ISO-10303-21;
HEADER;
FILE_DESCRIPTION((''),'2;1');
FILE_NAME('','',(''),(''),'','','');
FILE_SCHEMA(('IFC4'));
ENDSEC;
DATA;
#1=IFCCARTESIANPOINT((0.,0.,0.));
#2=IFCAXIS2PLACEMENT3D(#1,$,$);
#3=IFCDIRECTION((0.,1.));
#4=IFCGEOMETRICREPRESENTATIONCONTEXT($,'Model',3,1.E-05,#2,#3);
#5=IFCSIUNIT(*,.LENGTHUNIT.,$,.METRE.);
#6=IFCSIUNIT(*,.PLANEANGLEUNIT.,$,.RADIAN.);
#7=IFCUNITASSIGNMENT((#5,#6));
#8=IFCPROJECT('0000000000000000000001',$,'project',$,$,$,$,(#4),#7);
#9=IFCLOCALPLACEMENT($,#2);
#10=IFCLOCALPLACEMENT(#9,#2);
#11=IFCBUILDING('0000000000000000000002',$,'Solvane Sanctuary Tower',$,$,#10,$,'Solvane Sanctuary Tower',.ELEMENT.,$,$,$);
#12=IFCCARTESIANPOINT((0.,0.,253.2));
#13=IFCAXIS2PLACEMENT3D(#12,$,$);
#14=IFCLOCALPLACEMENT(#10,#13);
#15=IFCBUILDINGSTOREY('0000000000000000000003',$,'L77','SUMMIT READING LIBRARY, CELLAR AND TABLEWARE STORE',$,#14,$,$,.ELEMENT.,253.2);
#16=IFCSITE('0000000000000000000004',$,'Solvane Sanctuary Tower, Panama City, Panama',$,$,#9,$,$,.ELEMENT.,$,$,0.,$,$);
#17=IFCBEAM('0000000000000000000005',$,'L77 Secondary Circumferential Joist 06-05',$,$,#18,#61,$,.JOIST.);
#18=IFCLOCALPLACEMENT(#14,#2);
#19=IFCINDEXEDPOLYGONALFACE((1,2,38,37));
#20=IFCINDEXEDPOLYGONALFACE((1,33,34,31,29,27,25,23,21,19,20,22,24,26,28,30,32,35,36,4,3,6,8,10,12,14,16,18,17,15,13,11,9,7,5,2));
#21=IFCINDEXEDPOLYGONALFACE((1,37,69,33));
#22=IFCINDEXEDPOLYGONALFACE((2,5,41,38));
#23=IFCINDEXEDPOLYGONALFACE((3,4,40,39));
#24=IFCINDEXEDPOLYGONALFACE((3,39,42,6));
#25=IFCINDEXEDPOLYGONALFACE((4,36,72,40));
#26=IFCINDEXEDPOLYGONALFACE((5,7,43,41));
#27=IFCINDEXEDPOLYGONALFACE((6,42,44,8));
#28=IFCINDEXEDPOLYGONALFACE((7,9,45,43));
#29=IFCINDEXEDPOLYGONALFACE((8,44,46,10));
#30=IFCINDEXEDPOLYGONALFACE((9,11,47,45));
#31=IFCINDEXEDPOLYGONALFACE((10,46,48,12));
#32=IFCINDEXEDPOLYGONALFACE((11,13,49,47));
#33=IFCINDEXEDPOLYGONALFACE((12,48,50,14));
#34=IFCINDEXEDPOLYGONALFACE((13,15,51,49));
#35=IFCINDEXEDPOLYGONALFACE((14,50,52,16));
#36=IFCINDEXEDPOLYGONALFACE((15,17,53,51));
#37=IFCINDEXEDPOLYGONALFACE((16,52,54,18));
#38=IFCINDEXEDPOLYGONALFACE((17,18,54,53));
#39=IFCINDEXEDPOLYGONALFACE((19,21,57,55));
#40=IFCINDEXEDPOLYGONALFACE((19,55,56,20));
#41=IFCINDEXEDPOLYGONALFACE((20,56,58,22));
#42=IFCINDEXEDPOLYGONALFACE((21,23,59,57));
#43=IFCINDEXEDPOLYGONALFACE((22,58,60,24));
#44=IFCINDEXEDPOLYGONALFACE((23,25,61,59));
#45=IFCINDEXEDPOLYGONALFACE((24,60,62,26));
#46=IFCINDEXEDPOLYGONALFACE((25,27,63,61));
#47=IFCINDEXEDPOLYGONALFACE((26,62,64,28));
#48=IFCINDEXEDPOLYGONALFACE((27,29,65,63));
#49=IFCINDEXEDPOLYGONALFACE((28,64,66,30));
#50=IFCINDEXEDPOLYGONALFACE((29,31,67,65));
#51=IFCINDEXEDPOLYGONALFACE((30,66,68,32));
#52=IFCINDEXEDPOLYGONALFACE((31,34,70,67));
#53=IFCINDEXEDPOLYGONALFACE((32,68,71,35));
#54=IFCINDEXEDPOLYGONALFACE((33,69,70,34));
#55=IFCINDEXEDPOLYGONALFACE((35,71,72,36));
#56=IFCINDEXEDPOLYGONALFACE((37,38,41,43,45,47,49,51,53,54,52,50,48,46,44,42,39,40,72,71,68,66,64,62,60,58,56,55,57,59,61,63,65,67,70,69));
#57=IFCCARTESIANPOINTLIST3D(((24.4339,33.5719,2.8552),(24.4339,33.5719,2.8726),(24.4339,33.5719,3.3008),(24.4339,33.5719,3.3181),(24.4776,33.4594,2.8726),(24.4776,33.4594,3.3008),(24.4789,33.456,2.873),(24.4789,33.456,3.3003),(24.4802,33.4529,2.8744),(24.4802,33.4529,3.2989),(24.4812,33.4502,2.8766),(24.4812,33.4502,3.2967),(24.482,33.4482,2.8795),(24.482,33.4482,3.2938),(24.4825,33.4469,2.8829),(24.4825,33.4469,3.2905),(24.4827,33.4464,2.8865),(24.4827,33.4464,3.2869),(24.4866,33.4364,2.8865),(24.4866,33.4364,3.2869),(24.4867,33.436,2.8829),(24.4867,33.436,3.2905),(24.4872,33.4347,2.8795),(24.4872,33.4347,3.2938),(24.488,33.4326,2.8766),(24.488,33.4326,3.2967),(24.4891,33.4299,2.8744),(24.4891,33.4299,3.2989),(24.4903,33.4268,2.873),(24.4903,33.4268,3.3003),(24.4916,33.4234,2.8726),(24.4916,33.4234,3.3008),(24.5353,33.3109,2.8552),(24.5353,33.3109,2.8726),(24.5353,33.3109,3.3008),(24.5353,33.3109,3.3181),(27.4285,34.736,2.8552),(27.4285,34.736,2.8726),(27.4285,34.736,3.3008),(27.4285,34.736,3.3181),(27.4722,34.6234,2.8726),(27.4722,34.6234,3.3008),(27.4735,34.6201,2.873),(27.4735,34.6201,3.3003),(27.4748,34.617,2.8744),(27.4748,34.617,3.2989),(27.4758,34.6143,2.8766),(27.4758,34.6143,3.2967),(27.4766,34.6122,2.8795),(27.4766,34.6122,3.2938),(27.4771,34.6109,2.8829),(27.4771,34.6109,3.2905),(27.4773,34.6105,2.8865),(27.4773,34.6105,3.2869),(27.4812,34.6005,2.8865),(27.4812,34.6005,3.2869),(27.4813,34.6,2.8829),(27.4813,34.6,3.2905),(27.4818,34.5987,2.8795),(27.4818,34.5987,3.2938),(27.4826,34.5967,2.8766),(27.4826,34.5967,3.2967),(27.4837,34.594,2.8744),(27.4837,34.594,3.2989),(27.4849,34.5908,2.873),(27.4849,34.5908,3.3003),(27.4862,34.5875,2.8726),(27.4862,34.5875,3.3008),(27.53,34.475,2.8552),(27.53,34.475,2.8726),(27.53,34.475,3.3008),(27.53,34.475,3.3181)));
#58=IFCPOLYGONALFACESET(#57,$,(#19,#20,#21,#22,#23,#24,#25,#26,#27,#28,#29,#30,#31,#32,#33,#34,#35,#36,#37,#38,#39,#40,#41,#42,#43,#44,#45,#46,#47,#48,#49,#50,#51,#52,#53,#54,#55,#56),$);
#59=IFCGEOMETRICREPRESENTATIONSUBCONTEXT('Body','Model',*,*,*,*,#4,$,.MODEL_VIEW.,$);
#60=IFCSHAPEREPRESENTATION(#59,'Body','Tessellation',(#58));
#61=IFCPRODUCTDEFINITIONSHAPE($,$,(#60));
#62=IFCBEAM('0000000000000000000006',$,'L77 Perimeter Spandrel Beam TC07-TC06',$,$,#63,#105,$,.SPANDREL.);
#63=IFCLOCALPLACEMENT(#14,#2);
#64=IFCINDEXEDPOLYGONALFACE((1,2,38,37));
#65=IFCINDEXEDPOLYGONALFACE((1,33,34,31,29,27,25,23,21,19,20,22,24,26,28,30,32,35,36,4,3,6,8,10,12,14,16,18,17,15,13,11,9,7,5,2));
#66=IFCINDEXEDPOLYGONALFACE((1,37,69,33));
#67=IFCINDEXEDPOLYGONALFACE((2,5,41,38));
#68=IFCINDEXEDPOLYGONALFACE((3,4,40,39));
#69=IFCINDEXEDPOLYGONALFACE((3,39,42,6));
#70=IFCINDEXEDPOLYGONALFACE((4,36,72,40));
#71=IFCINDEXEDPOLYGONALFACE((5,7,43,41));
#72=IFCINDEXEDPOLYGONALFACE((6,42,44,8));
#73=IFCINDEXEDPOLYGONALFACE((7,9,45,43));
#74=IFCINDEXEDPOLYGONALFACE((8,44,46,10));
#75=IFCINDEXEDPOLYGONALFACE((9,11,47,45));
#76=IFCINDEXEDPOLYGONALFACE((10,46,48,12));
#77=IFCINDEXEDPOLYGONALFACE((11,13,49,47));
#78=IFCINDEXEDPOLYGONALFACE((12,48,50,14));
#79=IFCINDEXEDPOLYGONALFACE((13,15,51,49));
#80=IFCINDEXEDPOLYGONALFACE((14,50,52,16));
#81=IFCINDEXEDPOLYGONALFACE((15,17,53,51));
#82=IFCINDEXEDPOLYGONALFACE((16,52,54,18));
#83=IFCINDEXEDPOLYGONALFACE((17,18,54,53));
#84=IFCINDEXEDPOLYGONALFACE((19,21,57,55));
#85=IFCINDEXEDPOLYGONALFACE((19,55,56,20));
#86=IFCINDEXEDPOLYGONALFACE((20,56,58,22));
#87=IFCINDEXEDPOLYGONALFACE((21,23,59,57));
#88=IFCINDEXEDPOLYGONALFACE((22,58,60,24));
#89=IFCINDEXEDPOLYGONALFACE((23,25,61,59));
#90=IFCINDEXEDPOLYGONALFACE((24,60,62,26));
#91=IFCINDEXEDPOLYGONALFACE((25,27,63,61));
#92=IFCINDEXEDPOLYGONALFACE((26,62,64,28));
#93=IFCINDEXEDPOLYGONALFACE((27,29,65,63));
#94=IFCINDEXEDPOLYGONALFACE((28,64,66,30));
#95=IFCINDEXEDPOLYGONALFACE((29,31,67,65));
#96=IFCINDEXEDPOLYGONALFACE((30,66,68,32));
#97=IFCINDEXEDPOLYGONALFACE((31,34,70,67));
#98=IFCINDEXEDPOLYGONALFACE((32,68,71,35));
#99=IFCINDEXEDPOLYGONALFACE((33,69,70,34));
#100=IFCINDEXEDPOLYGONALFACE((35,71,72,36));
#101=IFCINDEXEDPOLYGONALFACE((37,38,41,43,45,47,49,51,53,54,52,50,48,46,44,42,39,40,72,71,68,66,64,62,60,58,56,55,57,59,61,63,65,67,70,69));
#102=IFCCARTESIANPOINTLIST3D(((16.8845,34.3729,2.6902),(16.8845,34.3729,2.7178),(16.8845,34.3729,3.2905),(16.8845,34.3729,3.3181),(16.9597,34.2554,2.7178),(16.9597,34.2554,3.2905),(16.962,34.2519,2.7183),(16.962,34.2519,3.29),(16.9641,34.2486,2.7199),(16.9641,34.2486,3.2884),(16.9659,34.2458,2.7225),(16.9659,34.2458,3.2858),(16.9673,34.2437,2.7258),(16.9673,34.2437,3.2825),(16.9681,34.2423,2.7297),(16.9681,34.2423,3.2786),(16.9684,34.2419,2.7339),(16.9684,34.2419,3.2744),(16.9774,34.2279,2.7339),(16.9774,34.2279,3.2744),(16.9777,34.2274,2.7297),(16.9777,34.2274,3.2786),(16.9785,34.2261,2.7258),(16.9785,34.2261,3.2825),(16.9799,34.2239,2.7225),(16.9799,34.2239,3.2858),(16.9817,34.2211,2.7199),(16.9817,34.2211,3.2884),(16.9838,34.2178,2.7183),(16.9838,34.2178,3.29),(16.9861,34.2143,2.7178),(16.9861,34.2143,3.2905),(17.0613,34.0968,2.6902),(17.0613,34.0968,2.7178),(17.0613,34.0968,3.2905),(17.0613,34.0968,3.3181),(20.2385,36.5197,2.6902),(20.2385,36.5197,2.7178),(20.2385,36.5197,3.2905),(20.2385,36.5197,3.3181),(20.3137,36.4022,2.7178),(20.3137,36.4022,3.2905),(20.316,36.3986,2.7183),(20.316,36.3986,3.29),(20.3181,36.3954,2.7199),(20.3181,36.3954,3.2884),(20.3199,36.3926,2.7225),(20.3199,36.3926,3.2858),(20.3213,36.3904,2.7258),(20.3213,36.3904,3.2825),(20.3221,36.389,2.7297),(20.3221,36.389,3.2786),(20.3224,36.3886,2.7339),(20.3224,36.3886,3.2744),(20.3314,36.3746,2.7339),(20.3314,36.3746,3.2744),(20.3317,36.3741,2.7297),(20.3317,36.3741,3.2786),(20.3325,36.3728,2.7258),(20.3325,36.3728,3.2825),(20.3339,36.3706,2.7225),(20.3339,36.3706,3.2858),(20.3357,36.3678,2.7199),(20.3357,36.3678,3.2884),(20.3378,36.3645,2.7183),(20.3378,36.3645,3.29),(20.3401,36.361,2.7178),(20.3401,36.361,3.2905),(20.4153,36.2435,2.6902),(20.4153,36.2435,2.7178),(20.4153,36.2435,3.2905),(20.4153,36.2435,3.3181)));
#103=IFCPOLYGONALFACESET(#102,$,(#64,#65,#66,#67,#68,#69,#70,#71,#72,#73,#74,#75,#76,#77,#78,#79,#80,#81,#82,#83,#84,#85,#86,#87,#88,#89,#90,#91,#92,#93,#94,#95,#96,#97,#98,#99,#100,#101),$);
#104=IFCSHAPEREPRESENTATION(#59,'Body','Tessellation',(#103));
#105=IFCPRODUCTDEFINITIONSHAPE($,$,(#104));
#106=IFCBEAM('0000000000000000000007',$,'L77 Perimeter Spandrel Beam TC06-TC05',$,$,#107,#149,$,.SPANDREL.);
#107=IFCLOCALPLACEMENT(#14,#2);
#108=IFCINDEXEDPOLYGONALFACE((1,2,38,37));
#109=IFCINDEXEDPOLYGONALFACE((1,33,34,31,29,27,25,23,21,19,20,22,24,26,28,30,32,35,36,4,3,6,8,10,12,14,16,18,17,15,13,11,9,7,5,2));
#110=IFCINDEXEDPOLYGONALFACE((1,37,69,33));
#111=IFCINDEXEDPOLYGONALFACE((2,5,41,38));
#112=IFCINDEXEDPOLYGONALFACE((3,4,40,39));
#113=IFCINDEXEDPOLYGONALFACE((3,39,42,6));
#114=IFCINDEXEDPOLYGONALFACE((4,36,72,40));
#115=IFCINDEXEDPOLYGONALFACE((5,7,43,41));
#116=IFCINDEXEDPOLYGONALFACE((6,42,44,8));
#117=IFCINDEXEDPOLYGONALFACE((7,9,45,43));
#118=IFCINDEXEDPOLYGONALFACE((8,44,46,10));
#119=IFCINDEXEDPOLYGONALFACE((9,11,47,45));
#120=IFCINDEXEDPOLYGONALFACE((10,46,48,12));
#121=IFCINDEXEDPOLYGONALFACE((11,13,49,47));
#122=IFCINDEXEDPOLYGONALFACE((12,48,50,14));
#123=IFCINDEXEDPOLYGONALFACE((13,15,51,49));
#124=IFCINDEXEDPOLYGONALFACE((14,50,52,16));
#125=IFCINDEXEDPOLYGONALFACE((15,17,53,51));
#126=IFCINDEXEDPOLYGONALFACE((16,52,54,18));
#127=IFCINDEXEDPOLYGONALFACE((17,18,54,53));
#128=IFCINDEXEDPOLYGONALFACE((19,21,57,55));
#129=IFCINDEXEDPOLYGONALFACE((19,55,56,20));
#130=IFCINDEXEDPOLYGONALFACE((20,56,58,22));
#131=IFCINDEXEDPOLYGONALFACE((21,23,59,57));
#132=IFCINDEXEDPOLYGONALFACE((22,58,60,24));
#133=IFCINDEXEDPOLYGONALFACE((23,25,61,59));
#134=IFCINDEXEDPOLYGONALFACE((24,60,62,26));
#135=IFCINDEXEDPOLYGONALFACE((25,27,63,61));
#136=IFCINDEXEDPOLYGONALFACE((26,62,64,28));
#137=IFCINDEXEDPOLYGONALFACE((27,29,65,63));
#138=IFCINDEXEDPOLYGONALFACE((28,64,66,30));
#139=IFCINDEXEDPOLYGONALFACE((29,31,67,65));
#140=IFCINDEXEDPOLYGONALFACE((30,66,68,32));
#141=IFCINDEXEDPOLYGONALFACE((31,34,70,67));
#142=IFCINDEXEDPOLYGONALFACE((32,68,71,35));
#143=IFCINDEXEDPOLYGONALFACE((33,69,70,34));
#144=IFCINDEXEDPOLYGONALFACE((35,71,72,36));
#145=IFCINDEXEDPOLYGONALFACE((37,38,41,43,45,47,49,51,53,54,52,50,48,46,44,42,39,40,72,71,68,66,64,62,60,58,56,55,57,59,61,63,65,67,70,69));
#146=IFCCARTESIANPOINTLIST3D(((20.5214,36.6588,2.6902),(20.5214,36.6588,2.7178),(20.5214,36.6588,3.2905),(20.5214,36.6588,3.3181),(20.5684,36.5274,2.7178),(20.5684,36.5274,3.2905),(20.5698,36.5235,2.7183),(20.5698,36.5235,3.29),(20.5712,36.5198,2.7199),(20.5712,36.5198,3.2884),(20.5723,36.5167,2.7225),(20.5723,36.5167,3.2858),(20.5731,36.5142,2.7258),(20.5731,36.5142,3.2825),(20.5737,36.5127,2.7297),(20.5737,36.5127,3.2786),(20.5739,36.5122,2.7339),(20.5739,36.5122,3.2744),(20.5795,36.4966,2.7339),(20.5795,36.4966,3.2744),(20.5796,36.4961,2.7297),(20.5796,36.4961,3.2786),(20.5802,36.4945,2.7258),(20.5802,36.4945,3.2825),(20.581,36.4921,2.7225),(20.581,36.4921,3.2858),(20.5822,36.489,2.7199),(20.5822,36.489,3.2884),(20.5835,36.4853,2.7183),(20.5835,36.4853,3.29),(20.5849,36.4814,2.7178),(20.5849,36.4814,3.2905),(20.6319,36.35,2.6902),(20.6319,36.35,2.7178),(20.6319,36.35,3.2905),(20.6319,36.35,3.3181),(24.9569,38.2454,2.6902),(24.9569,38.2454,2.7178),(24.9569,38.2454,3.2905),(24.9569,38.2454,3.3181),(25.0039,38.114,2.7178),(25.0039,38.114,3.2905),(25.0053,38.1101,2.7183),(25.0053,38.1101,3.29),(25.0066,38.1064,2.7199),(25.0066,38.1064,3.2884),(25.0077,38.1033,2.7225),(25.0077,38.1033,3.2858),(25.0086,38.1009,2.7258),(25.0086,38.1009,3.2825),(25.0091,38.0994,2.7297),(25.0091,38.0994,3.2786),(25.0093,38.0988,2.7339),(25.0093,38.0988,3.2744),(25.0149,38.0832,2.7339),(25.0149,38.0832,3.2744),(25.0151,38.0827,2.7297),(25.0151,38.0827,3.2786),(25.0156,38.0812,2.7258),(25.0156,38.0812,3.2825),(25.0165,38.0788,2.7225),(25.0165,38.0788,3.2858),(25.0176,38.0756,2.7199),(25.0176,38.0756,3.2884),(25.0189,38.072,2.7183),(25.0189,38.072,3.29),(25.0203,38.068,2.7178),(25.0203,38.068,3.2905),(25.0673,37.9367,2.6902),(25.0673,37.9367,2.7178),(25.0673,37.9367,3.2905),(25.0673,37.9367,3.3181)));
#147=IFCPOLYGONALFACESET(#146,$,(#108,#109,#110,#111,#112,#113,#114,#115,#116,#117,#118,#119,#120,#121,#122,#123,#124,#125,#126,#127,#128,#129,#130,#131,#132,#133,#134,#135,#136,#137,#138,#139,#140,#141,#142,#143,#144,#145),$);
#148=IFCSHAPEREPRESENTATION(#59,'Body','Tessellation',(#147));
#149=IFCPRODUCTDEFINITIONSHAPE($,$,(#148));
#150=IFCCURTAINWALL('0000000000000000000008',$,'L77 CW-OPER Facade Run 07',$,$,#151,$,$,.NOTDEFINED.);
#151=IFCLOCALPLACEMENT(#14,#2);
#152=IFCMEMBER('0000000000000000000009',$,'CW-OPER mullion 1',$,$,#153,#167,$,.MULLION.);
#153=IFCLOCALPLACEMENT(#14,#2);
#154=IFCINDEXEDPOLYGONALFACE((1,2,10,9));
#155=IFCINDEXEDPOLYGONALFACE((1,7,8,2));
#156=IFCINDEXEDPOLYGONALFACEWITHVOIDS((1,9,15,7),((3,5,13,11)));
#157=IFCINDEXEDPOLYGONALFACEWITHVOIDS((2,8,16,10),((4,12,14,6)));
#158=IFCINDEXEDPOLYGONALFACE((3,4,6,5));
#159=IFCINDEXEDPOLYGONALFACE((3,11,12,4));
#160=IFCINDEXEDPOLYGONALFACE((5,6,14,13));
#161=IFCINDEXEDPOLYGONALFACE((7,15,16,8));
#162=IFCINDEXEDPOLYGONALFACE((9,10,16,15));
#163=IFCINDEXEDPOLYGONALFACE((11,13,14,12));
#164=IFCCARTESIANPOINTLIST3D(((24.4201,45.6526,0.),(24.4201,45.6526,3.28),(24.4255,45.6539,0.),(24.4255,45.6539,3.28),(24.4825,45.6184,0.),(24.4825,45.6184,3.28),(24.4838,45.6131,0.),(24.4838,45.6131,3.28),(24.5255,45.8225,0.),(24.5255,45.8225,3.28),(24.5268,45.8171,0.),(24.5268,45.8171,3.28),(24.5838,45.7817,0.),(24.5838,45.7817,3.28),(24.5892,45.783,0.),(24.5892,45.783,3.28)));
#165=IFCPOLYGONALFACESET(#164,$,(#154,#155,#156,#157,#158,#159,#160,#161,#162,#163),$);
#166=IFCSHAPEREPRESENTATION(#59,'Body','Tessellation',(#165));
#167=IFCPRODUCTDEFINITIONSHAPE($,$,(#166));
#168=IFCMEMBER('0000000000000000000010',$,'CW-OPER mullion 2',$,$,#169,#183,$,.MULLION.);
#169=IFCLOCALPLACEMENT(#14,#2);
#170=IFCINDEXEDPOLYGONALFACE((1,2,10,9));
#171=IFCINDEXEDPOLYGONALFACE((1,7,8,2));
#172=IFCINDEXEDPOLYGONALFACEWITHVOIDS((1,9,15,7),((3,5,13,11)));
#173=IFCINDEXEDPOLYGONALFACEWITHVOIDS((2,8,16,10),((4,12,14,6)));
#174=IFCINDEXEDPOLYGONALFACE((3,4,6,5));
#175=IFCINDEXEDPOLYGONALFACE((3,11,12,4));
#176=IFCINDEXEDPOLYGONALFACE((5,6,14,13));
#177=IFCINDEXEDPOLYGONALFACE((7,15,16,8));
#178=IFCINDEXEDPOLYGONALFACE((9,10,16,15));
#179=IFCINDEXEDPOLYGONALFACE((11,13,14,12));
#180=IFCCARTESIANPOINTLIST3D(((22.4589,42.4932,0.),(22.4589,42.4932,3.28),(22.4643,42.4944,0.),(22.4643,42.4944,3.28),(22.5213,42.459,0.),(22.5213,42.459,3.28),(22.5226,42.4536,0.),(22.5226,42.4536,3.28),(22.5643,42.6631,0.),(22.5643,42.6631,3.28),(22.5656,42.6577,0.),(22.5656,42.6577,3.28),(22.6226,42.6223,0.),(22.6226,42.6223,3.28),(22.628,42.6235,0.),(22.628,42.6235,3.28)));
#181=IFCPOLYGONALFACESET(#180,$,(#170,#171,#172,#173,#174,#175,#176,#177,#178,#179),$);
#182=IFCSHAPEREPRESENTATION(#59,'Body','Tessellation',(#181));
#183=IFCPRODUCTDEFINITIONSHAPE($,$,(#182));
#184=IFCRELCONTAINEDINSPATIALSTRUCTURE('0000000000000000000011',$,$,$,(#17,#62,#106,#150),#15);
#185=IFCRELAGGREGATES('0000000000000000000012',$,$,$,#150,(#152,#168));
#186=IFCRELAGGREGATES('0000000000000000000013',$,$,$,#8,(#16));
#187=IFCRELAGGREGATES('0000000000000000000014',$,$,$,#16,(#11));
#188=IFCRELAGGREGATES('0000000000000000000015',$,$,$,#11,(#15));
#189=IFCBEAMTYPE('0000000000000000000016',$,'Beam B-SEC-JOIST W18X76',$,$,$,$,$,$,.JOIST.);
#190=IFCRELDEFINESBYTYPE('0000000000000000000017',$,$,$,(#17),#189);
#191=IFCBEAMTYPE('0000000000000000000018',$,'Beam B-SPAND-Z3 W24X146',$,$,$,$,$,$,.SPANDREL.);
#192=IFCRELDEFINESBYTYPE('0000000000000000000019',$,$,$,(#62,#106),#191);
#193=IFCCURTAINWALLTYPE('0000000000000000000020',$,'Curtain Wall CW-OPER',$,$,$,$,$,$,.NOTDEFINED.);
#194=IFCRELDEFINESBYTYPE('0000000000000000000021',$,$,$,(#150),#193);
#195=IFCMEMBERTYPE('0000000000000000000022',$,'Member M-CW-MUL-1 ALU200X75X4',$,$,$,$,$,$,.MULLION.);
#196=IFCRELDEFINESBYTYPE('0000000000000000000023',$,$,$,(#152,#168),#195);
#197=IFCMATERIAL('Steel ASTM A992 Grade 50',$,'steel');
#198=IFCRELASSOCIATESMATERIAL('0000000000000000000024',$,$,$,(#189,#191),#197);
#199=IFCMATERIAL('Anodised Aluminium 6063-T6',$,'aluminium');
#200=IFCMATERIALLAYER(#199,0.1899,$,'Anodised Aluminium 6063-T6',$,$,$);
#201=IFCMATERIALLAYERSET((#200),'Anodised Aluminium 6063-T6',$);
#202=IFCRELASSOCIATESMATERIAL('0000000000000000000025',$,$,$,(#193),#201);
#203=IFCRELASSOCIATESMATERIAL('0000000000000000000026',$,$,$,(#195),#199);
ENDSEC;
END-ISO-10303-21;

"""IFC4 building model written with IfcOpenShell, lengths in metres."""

from ifc_helpers import new_model, si_unit, direction, frame, origin, origin_2d, place, context, subcontext, project, spatial, hollow_rectangle, i_section, extrude, material, layer, layer_set, material_profile, profile_set, type_object, element, aggregate, save


model = new_model("IFC4")

# Units and contexts
model_context = context("Model", 3, precision=1e-05, world=origin(), true_north=direction((0.0, 1.0)))
body_context = subcontext(model_context, "Body", "Model", "MODEL_VIEW")
ifc_project = project(units=[si_unit("LENGTHUNIT", "METRE"), si_unit("PLANEANGLEUNIT", "RADIAN")], contexts=[model_context])

# Site, building, storey
site_placement = place(None, origin())
site = spatial("IfcSite", under=ifc_project, at=site_placement, Name="Solvane Sanctuary Tower, Panama City, Panama", CompositionType="ELEMENT", RefElevation=0.0)
building_placement = place(site_placement, origin())
building = spatial("IfcBuilding", under=site, at=building_placement, Name="Solvane Sanctuary Tower", LongName="Solvane Sanctuary Tower", CompositionType="ELEMENT")
storey_placement = place(building_placement, frame((0.0, 0.0, 253.2)))
storey = spatial("IfcBuildingStorey", under=building, at=storey_placement, Name="L77", Description="SUMMIT READING LIBRARY, CELLAR AND TABLEWARE STORE", CompositionType="ELEMENT", Elevation=253.2)

# Beams
ifc_material_1 = material(Name="Steel ASTM A992 Grade 50", Category="steel")
ifc_material_profile_1 = material_profile(ifc_material_1, i_section(OverallWidth=0.28, OverallDepth=0.4629, WebThickness=0.0107, FlangeThickness=0.0173, FilletRadius=0.0139, at=origin_2d()), Name="W18X76")
ifc_profile_set_1 = profile_set([ifc_material_profile_1], Name="Steel ASTM A992 Grade 50")
beam_type_1 = type_object("IfcBeamType", Name="Beam B-SEC-JOIST W18X76", PredefinedType="JOIST", material=ifc_profile_set_1)
beam_1_placement = place(storey_placement, frame((24.4846, 33.4414, 3.0867), z_axis=(0.932059, 0.362307, 0.0), x_axis=(-0.362307, 0.932059, 0.0)))
element("IfcBeam", 1, at=beam_1_placement, inside=storey, type_object=beam_type_1, Name="L77 Secondary Circumferential Joist 06-05", PredefinedType="JOIST", context=body_context, shape_type="SweptSolid", body=[
    extrude(i_section(OverallWidth=0.28, OverallDepth=0.4629, WebThickness=0.0107, FlangeThickness=0.0173, FilletRadius=0.0139, at=origin_2d()), origin(), (0.0, 0.0, 1.0), 3.2129),
])
ifc_material_profile_2 = material_profile(ifc_material_1, i_section(OverallWidth=0.3279, OverallDepth=0.6279, WebThickness=0.0166, FlangeThickness=0.0276, FilletRadius=0.0161, at=origin_2d()), Name="W24X146")
ifc_profile_set_2 = profile_set([ifc_material_profile_2], Name="Steel ASTM A992 Grade 50")
beam_type_2 = type_object("IfcBeamType", Name="Beam B-SPAND-Z3 W24X146", PredefinedType="SPANDREL", material=ifc_profile_set_2)
beam_2_placement = place(storey_placement, frame((16.9729, 34.2349, 3.0042), z_axis=(0.842252, 0.539083, 0.0), x_axis=(-0.539083, 0.842252, 0.0)))
element("IfcBeam", 2, at=beam_2_placement, inside=storey, type_object=beam_type_2, Name="L77 Perimeter Spandrel Beam TC07-TC06", PredefinedType="SPANDREL", context=body_context, shape_type="SweptSolid", body=[
    extrude(i_section(OverallWidth=0.3279, OverallDepth=0.6279, WebThickness=0.0166, FlangeThickness=0.0276, FilletRadius=0.0161, at=origin_2d()), origin(), (0.0, 0.0, 1.0), 3.9822),
])
beam_3_placement = place(storey_placement, frame((20.5767, 36.5044, 3.0042), z_axis=(0.941571, 0.336816, 0.0), x_axis=(-0.336816, 0.941571, 0.0)))
element("IfcBeam", 3, at=beam_3_placement, inside=storey, type_object=beam_type_2, Name="L77 Perimeter Spandrel Beam TC06-TC05", PredefinedType="SPANDREL", context=body_context, shape_type="SweptSolid", body=[
    extrude(i_section(OverallWidth=0.3279, OverallDepth=0.6279, WebThickness=0.0166, FlangeThickness=0.0276, FilletRadius=0.0161, at=origin_2d()), origin(), (0.0, 0.0, 1.0), 4.7107),
])

# Curtain wall, members
ifc_material_2 = material(Name="Anodised Aluminium 6063-T6", Category="aluminium")
ifc_layer_1 = layer(ifc_material_2, 0.1899, Name="Anodised Aluminium 6063-T6")
ifc_layer_set_1 = layer_set([ifc_layer_1], Name="Anodised Aluminium 6063-T6")
curtain_wall_type = type_object("IfcCurtainWallType", Name="Curtain Wall CW-OPER", PredefinedType="NOTDEFINED", material=ifc_layer_set_1)
curtain_wall_placement = place(storey_placement, origin())
curtain_wall = element("IfcCurtainWall", 4, at=curtain_wall_placement, inside=storey, type_object=curtain_wall_type, Name="L77 CW-OPER Facade Run 07", PredefinedType="NOTDEFINED")
ifc_material_profile_3 = material_profile(ifc_material_2, hollow_rectangle(XDim=0.075, YDim=0.2, WallThickness=0.0039, at=origin_2d()), Name="ALU200X75X4")
ifc_profile_set_3 = profile_set([ifc_material_profile_3], Name="Anodised Aluminium 6063-T6")
member_type_1 = type_object("IfcMemberType", Name="Member M-CW-MUL-1 ALU200X75X4", PredefinedType="MULLION", material=ifc_profile_set_3)
member_1_placement = place(storey_placement, frame((24.5046, 45.7178, 0.0), z_axis=(0.0, 0.0, 1.0), x_axis=(0.849622, -0.527392, 0.0)))
member_1 = element("IfcMember", 5, at=member_1_placement, type_object=member_type_1, Name="CW-OPER mullion 1", PredefinedType="MULLION", context=body_context, shape_type="SweptSolid", body=[
    extrude(hollow_rectangle(XDim=0.075, YDim=0.2, WallThickness=0.0039, at=origin_2d()), origin(), (0.0, 0.0, 1.0), 3.28),
])
member_2_placement = place(storey_placement, frame((22.5435, 42.5583, 0.0), z_axis=(0.0, 0.0, 1.0), x_axis=(0.849622, -0.527392, 0.0)))
member_2 = element("IfcMember", 6, at=member_2_placement, type_object=member_type_1, Name="CW-OPER mullion 2", PredefinedType="MULLION", context=body_context, shape_type="SweptSolid", body=[
    extrude(hollow_rectangle(XDim=0.075, YDim=0.2, WallThickness=0.0039, at=origin_2d()), origin(), (0.0, 0.0, 1.0), 3.28),
])

aggregate(curtain_wall, [member_1, member_2])

save(model, "model.ifc")
